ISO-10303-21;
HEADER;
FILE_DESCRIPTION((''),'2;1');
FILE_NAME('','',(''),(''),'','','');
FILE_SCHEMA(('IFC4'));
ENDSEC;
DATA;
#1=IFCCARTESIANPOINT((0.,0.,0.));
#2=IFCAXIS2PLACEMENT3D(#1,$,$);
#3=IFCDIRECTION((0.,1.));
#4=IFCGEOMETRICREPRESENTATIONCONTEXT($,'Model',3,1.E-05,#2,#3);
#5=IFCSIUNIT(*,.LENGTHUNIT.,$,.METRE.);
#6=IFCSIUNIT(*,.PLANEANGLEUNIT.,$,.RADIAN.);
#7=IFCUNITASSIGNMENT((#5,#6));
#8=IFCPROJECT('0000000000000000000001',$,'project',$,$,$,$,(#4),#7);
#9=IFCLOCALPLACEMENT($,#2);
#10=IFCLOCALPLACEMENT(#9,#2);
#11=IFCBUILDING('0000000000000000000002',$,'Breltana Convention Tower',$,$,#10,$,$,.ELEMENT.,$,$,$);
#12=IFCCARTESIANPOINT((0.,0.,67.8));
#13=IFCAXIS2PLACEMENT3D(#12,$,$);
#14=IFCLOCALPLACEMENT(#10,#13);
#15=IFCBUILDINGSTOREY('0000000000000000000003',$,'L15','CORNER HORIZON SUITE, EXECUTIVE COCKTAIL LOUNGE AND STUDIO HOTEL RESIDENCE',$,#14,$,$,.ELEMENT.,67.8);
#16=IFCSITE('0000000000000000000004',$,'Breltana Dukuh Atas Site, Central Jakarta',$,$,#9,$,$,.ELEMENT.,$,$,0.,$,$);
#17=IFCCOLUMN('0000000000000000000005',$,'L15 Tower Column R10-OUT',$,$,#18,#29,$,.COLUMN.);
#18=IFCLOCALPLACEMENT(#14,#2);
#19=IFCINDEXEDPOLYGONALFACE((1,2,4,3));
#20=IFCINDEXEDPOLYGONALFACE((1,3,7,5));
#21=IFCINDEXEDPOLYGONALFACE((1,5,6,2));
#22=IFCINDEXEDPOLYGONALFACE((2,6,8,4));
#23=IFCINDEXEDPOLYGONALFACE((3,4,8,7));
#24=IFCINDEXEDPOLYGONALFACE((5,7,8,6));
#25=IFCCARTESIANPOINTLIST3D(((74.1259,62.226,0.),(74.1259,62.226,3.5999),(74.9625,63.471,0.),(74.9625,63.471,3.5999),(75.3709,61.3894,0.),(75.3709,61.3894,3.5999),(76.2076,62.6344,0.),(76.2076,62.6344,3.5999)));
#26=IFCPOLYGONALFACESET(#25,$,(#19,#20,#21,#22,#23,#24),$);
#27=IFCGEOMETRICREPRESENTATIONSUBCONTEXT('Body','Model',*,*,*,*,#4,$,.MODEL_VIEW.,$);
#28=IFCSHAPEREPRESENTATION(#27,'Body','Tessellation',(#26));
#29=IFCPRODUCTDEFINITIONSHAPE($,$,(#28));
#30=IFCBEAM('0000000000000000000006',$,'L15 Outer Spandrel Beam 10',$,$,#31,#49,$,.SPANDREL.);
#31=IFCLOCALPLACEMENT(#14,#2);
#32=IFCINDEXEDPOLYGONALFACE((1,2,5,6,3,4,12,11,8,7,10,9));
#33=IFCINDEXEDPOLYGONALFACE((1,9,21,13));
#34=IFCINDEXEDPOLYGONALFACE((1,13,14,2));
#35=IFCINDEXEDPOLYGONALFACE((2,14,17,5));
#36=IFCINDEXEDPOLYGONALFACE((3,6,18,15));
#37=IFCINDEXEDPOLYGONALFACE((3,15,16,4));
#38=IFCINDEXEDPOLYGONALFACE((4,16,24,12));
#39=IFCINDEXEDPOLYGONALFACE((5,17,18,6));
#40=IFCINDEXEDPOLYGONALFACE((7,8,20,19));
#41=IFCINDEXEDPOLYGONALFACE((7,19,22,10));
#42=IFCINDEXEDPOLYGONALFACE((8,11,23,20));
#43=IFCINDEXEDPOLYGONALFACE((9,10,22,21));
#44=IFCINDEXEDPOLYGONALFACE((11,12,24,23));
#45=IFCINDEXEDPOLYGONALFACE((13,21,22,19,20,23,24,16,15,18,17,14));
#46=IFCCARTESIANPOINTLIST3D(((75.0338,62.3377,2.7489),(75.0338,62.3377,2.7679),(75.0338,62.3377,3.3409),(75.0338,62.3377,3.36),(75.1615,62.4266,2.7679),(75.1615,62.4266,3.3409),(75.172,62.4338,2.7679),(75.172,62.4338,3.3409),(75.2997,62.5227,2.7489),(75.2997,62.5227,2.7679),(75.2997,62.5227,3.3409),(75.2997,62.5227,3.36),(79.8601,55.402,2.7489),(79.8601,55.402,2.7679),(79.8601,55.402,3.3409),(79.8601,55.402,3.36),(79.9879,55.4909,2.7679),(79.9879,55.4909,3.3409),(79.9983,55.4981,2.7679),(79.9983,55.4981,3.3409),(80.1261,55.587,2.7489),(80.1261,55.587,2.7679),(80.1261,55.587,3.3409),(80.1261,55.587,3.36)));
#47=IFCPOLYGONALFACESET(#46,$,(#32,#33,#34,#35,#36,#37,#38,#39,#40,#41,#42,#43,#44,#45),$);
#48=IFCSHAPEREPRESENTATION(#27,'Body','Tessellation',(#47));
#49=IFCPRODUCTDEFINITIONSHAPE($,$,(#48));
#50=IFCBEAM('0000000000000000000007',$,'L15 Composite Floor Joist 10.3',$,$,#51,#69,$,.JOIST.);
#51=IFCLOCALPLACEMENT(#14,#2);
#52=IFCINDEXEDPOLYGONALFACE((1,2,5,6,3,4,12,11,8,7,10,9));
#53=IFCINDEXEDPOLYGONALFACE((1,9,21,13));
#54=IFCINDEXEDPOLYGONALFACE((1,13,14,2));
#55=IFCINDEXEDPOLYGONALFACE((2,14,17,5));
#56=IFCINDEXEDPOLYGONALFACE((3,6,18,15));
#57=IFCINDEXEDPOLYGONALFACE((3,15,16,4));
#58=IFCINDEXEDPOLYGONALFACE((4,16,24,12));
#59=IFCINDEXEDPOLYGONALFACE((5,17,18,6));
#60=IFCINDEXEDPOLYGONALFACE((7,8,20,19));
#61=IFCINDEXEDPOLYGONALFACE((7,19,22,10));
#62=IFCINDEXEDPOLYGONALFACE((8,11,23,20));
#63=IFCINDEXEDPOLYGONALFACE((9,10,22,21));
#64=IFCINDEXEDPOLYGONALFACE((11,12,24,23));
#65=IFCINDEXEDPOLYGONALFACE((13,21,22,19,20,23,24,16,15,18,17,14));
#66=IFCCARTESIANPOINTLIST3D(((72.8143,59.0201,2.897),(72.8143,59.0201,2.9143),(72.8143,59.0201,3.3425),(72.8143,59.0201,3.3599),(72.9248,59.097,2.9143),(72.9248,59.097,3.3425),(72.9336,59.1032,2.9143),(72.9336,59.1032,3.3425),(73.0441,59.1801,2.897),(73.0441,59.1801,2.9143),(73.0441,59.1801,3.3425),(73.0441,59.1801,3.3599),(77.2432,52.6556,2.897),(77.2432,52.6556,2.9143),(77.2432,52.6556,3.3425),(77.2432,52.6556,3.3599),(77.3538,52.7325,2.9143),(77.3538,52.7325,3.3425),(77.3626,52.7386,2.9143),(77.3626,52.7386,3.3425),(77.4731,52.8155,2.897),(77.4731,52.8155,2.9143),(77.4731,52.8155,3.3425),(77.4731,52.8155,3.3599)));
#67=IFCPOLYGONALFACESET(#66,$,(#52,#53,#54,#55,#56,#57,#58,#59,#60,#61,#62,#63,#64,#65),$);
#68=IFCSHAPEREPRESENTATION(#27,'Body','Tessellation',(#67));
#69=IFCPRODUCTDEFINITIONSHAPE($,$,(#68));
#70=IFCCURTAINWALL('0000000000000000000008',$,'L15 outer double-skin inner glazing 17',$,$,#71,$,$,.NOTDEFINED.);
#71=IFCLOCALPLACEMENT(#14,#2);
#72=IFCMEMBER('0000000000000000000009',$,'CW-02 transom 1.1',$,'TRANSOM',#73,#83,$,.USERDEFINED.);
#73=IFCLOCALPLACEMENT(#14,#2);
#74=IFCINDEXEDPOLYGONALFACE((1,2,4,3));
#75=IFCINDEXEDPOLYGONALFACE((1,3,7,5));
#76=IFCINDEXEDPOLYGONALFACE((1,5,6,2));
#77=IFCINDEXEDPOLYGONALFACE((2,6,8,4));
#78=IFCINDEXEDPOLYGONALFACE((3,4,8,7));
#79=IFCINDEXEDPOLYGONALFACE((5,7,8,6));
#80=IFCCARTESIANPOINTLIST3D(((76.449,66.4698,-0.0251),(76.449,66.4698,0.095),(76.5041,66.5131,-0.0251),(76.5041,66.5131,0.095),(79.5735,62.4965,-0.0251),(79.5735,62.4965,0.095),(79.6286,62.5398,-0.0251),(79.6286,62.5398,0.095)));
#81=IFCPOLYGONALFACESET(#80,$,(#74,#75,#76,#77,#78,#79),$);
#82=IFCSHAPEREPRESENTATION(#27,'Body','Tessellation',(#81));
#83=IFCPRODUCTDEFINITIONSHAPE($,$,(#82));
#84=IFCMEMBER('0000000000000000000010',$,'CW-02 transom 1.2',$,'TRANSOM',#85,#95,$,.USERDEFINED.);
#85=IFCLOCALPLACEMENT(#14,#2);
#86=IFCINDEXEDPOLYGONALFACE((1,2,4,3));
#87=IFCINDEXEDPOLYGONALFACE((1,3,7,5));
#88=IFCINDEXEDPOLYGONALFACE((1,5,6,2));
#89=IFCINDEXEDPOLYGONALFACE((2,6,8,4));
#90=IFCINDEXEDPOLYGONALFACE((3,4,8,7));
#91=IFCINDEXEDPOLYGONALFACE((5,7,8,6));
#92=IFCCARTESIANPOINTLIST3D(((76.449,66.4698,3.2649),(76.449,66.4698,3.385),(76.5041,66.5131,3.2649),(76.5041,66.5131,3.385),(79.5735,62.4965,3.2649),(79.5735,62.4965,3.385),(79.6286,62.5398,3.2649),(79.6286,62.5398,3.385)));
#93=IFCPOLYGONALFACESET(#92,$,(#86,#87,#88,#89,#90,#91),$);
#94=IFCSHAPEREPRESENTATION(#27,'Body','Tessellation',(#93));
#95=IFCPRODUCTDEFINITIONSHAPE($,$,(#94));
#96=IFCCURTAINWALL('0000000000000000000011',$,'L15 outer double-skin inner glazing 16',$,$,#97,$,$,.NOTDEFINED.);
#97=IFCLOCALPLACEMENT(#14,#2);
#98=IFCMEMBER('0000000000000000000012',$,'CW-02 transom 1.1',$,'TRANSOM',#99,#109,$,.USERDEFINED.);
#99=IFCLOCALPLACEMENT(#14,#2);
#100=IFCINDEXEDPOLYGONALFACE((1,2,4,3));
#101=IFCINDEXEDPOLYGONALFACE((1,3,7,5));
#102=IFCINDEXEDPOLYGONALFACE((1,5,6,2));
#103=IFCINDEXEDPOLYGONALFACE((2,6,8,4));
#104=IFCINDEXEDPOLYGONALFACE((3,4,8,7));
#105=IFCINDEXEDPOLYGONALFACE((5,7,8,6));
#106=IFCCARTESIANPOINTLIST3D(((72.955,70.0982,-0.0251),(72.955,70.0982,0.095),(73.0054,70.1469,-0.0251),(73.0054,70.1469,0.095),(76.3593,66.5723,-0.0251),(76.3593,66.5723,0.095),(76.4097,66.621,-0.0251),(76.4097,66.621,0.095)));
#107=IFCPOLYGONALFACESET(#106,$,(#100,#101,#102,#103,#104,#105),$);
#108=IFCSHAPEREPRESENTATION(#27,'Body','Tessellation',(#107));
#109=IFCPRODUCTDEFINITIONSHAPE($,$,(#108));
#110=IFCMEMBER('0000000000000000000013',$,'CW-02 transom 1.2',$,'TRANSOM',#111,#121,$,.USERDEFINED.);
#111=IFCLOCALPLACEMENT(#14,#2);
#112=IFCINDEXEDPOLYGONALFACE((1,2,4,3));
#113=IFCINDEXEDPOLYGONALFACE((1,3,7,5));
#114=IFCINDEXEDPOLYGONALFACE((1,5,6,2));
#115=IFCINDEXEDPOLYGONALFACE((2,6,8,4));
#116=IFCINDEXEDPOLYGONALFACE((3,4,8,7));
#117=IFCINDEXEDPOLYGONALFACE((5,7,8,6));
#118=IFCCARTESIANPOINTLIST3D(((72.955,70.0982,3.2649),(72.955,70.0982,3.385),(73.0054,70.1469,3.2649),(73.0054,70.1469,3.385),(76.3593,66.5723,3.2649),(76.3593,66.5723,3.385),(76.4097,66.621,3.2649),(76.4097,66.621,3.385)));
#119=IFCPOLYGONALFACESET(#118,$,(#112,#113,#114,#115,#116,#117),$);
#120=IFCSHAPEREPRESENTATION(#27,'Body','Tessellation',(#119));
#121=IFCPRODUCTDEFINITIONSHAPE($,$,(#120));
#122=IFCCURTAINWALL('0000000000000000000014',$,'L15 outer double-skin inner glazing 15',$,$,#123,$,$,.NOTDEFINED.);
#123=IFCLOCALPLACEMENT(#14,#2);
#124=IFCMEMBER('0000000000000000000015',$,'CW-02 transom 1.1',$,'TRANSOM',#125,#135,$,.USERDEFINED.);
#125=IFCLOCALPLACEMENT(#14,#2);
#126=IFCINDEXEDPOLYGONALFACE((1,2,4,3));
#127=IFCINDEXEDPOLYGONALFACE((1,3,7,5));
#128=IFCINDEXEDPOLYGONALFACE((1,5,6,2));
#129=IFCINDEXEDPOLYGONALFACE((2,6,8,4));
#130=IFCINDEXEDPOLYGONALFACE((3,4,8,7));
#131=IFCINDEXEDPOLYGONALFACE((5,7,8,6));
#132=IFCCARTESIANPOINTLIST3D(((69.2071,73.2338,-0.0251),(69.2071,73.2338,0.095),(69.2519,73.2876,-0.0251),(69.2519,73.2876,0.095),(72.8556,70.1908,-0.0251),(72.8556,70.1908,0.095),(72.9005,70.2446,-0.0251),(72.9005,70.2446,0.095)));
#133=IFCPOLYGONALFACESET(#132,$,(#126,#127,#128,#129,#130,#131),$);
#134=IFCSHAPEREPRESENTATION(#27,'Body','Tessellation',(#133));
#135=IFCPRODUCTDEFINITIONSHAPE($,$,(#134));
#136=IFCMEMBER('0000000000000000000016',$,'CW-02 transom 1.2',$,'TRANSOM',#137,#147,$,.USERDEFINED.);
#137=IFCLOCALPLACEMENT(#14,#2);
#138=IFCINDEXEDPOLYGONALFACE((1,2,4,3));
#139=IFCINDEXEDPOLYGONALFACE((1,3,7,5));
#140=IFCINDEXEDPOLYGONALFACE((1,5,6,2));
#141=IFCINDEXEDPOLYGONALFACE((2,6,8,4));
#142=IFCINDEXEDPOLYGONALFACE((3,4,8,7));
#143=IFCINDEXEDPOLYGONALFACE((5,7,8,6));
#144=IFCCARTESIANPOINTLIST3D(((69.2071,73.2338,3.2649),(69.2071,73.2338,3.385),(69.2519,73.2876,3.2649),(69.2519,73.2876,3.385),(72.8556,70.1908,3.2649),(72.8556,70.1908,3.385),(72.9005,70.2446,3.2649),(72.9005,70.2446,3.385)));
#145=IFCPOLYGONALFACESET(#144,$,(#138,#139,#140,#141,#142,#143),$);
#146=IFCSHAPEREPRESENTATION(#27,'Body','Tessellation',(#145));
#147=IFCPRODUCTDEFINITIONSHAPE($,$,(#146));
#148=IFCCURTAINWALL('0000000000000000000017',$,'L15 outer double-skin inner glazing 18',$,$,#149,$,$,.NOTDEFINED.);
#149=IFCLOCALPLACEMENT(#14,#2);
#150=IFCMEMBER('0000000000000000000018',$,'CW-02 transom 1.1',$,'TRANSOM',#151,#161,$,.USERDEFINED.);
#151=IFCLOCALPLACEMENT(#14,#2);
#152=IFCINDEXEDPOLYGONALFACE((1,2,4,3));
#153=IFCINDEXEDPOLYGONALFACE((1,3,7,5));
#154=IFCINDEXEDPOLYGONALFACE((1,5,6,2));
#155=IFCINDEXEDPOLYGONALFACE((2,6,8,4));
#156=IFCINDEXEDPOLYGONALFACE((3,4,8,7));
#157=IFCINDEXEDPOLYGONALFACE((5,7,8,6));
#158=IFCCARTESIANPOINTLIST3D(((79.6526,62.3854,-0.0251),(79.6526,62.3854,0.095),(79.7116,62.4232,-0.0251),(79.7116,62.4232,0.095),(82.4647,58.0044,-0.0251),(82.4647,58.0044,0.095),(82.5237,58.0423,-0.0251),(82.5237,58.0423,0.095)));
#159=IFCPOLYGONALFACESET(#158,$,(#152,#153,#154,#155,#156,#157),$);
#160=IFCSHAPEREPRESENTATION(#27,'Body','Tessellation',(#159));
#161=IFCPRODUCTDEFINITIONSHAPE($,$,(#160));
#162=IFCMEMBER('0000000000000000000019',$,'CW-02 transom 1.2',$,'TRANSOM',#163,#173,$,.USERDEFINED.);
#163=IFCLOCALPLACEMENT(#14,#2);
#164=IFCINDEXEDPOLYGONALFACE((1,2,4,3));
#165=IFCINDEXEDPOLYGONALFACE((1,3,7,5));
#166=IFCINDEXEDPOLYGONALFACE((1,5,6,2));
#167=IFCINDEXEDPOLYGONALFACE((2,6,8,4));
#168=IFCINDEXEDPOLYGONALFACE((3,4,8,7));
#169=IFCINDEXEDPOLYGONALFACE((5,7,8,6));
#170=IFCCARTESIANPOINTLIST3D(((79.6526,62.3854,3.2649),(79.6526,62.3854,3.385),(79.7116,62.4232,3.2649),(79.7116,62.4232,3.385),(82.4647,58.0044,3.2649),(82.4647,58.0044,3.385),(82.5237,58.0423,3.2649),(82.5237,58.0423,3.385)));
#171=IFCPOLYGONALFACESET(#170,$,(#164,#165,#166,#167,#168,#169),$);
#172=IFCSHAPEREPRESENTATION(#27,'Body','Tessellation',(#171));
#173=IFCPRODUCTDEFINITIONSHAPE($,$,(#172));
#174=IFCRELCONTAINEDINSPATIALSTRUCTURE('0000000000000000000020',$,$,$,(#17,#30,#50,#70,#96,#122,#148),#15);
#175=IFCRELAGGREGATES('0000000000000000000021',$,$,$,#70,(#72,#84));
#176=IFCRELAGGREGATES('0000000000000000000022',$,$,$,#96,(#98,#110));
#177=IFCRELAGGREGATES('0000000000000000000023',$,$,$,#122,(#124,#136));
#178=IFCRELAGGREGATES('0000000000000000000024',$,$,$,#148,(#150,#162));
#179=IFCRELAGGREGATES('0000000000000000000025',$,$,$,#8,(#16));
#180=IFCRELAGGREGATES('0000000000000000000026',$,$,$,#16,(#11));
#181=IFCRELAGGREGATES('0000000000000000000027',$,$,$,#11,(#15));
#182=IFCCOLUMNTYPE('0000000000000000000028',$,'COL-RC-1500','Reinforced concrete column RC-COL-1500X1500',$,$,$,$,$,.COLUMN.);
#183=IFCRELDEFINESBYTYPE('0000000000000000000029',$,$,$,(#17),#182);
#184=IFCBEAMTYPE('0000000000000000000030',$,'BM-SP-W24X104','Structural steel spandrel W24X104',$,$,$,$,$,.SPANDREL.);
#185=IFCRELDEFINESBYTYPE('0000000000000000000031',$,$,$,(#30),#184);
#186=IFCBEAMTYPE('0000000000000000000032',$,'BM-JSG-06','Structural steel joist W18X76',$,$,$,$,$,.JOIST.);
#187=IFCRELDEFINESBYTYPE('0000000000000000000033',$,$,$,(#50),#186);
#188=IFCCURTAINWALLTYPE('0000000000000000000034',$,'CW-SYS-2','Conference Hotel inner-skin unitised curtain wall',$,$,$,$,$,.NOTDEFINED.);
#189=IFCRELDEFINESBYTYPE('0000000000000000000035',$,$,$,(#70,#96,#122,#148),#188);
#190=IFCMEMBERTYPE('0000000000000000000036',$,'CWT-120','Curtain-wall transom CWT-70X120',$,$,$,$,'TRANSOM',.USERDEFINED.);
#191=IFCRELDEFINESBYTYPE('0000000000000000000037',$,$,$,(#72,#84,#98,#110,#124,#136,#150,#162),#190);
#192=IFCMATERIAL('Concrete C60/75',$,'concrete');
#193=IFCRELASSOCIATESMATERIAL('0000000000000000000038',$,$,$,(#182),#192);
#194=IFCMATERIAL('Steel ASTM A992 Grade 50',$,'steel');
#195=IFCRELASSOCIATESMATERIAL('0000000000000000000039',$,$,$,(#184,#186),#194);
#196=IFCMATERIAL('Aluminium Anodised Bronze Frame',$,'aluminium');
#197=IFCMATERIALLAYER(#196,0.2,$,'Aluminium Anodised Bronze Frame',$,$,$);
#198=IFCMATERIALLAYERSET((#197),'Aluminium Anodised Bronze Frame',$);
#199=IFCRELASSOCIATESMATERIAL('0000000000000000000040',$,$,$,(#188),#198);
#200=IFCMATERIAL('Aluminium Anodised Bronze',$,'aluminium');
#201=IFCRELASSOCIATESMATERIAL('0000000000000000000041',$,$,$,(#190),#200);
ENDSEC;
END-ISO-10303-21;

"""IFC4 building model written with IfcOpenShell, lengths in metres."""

from ifc_helpers import new_model, si_unit, direction, frame, origin, origin_2d, place, context, subcontext, project, spatial, rectangle, i_section, extrude, source, transform, mapped, material, layer, layer_set, material_profile, profile_set, type_object, element, aggregate, save


model = new_model("IFC4")

# Units and contexts
model_context = context("Model", 3, precision=1e-05, world=origin(), true_north=direction((0.0, 1.0)))
body_context = subcontext(model_context, "Body", "Model", "MODEL_VIEW")
ifc_project = project(units=[si_unit("LENGTHUNIT", "METRE"), si_unit("PLANEANGLEUNIT", "RADIAN")], contexts=[model_context])

# Site, building, storey
site_placement = place(None, origin())
site = spatial("IfcSite", under=ifc_project, at=site_placement, Name="Breltana Dukuh Atas Site, Central Jakarta", CompositionType="ELEMENT", RefElevation=0.0)
building_placement = place(site_placement, origin())
building = spatial("IfcBuilding", under=site, at=building_placement, Name="Breltana Convention Tower", CompositionType="ELEMENT")
storey_placement = place(building_placement, frame((0.0, 0.0, 67.8)))
storey = spatial("IfcBuildingStorey", under=building, at=storey_placement, Name="L15", Description="CORNER HORIZON SUITE, EXECUTIVE COCKTAIL LOUNGE AND STUDIO HOTEL RESIDENCE", CompositionType="ELEMENT", Elevation=67.8)

# Column
ifc_material_1 = material(Name="Concrete C60/75", Category="concrete")
ifc_material_profile_1 = material_profile(ifc_material_1, rectangle(XDim=1.5, YDim=1.5, at=origin_2d()), Name="RC-COL-1500X1500")
ifc_profile_set_1 = profile_set([ifc_material_profile_1], Name="Concrete C60/75")
column_type = type_object("IfcColumnType", Name="COL-RC-1500", Description="Reinforced concrete column RC-COL-1500X1500", PredefinedType="COLUMN", material=ifc_profile_set_1)
shared_shape_1 = source(origin(), body_context, "Body", "SweptSolid", [
    extrude(rectangle(XDim=1.5, YDim=1.5, at=origin_2d()), origin(), (0.0, 0.0, 1.0), 3.5999),
])
column_placement = place(storey_placement, frame((75.1667, 62.4302, 0.0), z_axis=(0.0, 0.0, 1.0), x_axis=(0.557745, 0.830012, 0.0)))
element("IfcColumn", 1, at=column_placement, inside=storey, type_object=column_type, Name="L15 Tower Column R10-OUT", PredefinedType="COLUMN", context=body_context, shape_type="MappedRepresentation", body=[
    mapped(shared_shape_1, transform((0.0, 0.0, 0.0), scale=1.0)),
])

# Beams
ifc_material_2 = material(Name="Steel ASTM A992 Grade 50", Category="steel")
ifc_material_profile_2 = material_profile(ifc_material_2, i_section(OverallWidth=0.324, OverallDepth=0.6111, WebThickness=0.0127, FlangeThickness=0.019, at=origin_2d()), Name="W24X104")
ifc_profile_set_2 = profile_set([ifc_material_profile_2], Name="Steel ASTM A992 Grade 50")
beam_type_1 = type_object("IfcBeamType", Name="BM-SP-W24X104", Description="Structural steel spandrel W24X104", PredefinedType="SPANDREL", material=ifc_profile_set_2)
shared_shape_2 = source(origin(), body_context, "Body", "SweptSolid", [
    extrude(i_section(OverallWidth=0.324, OverallDepth=0.6111, WebThickness=0.0127, FlangeThickness=0.019, at=origin_2d()), origin(), (0.0, 0.0, 1.0), 8.4497),
])
beam_1_placement = place(storey_placement, frame((75.1667, 62.4302, 3.0544), z_axis=(0.571186, -0.820821, 0.0), x_axis=(0.820821, 0.571186, 0.0)))
element("IfcBeam", 2, at=beam_1_placement, inside=storey, type_object=beam_type_1, Name="L15 Outer Spandrel Beam 10", PredefinedType="SPANDREL", context=body_context, shape_type="MappedRepresentation", body=[
    mapped(shared_shape_2, transform((0.0, 0.0, 0.0), scale=1.0)),
])
ifc_material_profile_3 = material_profile(ifc_material_2, i_section(OverallWidth=0.28, OverallDepth=0.4629, WebThickness=0.0107, FlangeThickness=0.0173, at=origin_2d()), Name="W18X76")
ifc_profile_set_3 = profile_set([ifc_material_profile_3], Name="Steel ASTM A992 Grade 50")
beam_type_2 = type_object("IfcBeamType", Name="BM-JSG-06", Description="Structural steel joist W18X76", PredefinedType="JOIST", material=ifc_profile_set_3)
shared_shape_3 = source(origin(), body_context, "Body", "SweptSolid", [
    extrude(i_section(OverallWidth=0.28, OverallDepth=0.4629, WebThickness=0.0107, FlangeThickness=0.0173, at=origin_2d()), origin(), (0.0, 0.0, 1.0), 7.7539),
])
beam_2_placement = place(storey_placement, frame((72.9292, 59.1001, 3.1284), z_axis=(0.571193, -0.820816, 0.0), x_axis=(0.820816, 0.571193, 0.0)))
element("IfcBeam", 3, at=beam_2_placement, inside=storey, type_object=beam_type_2, Name="L15 Composite Floor Joist 10.3", PredefinedType="JOIST", context=body_context, shape_type="MappedRepresentation", body=[
    mapped(shared_shape_3, transform((0.0, 0.0, 0.0), scale=1.0)),
])

# Curtain walls, members
ifc_material_3 = material(Name="Aluminium Anodised Bronze Frame", Category="aluminium")
ifc_layer_1 = layer(ifc_material_3, 0.2, Name="Aluminium Anodised Bronze Frame")
ifc_layer_set_1 = layer_set([ifc_layer_1], Name="Aluminium Anodised Bronze Frame")
curtain_wall_type = type_object("IfcCurtainWallType", Name="CW-SYS-2", Description="Conference Hotel inner-skin unitised curtain wall", PredefinedType="NOTDEFINED", material=ifc_layer_set_1)
curtain_wall_1_placement = place(storey_placement, origin())
curtain_wall_1 = element("IfcCurtainWall", 4, at=curtain_wall_1_placement, inside=storey, type_object=curtain_wall_type, Name="L15 outer double-skin inner glazing 17", PredefinedType="NOTDEFINED")
ifc_material_4 = material(Name="Aluminium Anodised Bronze", Category="aluminium")
ifc_material_profile_4 = material_profile(ifc_material_4, rectangle(XDim=0.0701, YDim=0.1201, at=origin_2d()), Name="CWT-70X120")
ifc_profile_set_4 = profile_set([ifc_material_profile_4], Name="Aluminium Anodised Bronze")
member_type_1 = type_object("IfcMemberType", Name="CWT-120", Description="Curtain-wall transom CWT-70X120", ElementType="TRANSOM", PredefinedType="USERDEFINED", material=ifc_profile_set_4)
shared_shape_4 = source(origin(), body_context, "Body", "SweptSolid", [
    extrude(rectangle(XDim=0.0701, YDim=0.1201, at=origin_2d()), origin(), (0.0, 0.0, 1.0), 5.0547),
])
member_1_placement = place(storey_placement, frame((76.4766, 66.4915, 0.0349), z_axis=(0.618135, -0.786072, 0.0), x_axis=(0.786072, 0.618135, 0.0)))
member_1 = element("IfcMember", 5, at=member_1_placement, type_object=member_type_1, Name="CW-02 transom 1.1", ObjectType="TRANSOM", PredefinedType="USERDEFINED", context=body_context, shape_type="MappedRepresentation", body=[
    mapped(shared_shape_4, transform((0.0, 0.0, 0.0), scale=1.0)),
])
member_2_placement = place(storey_placement, frame((76.4766, 66.4915, 3.325), z_axis=(0.618135, -0.786072, 0.0), x_axis=(0.786072, 0.618135, 0.0)))
member_2 = element("IfcMember", 6, at=member_2_placement, type_object=member_type_1, Name="CW-02 transom 1.2", ObjectType="TRANSOM", PredefinedType="USERDEFINED", context=body_context, shape_type="MappedRepresentation", body=[
    mapped(shared_shape_4, transform((0.0, 0.0, 0.0), scale=1.0)),
])
curtain_wall_2_placement = place(storey_placement, origin())
curtain_wall_2 = element("IfcCurtainWall", 7, at=curtain_wall_2_placement, inside=storey, type_object=curtain_wall_type, Name="L15 outer double-skin inner glazing 16", PredefinedType="NOTDEFINED")
shared_shape_5 = source(origin(), body_context, "Body", "SweptSolid", [
    extrude(rectangle(XDim=0.0701, YDim=0.1201, at=origin_2d()), origin(), (0.0, 0.0, 1.0), 4.9011),
])
member_3_placement = place(storey_placement, frame((72.9802, 70.1226, 0.0349), z_axis=(0.694595, -0.719401, 0.0), x_axis=(0.719401, 0.694595, 0.0)))
member_3 = element("IfcMember", 8, at=member_3_placement, type_object=member_type_1, Name="CW-02 transom 1.1", ObjectType="TRANSOM", PredefinedType="USERDEFINED", context=body_context, shape_type="MappedRepresentation", body=[
    mapped(shared_shape_5, transform((0.0, 0.0, 0.0), scale=1.0)),
])
member_4_placement = place(storey_placement, frame((72.9802, 70.1226, 3.325), z_axis=(0.694595, -0.719401, 0.0), x_axis=(0.719401, 0.694595, 0.0)))
member_4 = element("IfcMember", 9, at=member_4_placement, type_object=member_type_1, Name="CW-02 transom 1.2", ObjectType="TRANSOM", PredefinedType="USERDEFINED", context=body_context, shape_type="MappedRepresentation", body=[
    mapped(shared_shape_5, transform((0.0, 0.0, 0.0), scale=1.0)),
])
curtain_wall_3_placement = place(storey_placement, origin())
curtain_wall_3 = element("IfcCurtainWall", 10, at=curtain_wall_3_placement, inside=storey, type_object=curtain_wall_type, Name="L15 outer double-skin inner glazing 15", PredefinedType="NOTDEFINED")
shared_shape_6 = source(origin(), body_context, "Body", "SweptSolid", [
    extrude(rectangle(XDim=0.0701, YDim=0.1201, at=origin_2d()), origin(), (0.0, 0.0, 1.0), 4.751),
])
member_5_placement = place(storey_placement, frame((69.2295, 73.2607, 0.0349), z_axis=(0.767952, -0.640508, 0.0), x_axis=(0.640508, 0.767952, 0.0)))
member_5 = element("IfcMember", 11, at=member_5_placement, type_object=member_type_1, Name="CW-02 transom 1.1", ObjectType="TRANSOM", PredefinedType="USERDEFINED", context=body_context, shape_type="MappedRepresentation", body=[
    mapped(shared_shape_6, transform((0.0, 0.0, 0.0), scale=1.0)),
])
member_6_placement = place(storey_placement, frame((69.2295, 73.2607, 3.325), z_axis=(0.767952, -0.640508, 0.0), x_axis=(0.640508, 0.767952, 0.0)))
member_6 = element("IfcMember", 12, at=member_6_placement, type_object=member_type_1, Name="CW-02 transom 1.2", ObjectType="TRANSOM", PredefinedType="USERDEFINED", context=body_context, shape_type="MappedRepresentation", body=[
    mapped(shared_shape_6, transform((0.0, 0.0, 0.0), scale=1.0)),
])
curtain_wall_4_placement = place(storey_placement, origin())
curtain_wall_4 = element("IfcCurtainWall", 13, at=curtain_wall_4_placement, inside=storey, type_object=curtain_wall_type, Name="L15 outer double-skin inner glazing 18", PredefinedType="NOTDEFINED")
shared_shape_7 = source(origin(), body_context, "Body", "SweptSolid", [
    extrude(rectangle(XDim=0.0701, YDim=0.1201, at=origin_2d()), origin(), (0.0, 0.0, 1.0), 5.2058),
])
member_7_placement = place(storey_placement, frame((79.6821, 62.4043, 0.0349), z_axis=(0.540179, -0.84155, 0.0), x_axis=(0.84155, 0.540179, 0.0)))
member_7 = element("IfcMember", 14, at=member_7_placement, type_object=member_type_1, Name="CW-02 transom 1.1", ObjectType="TRANSOM", PredefinedType="USERDEFINED", context=body_context, shape_type="MappedRepresentation", body=[
    mapped(shared_shape_7, transform((0.0, 0.0, 0.0), scale=1.0)),
])
member_8_placement = place(storey_placement, frame((79.6821, 62.4043, 3.325), z_axis=(0.540179, -0.84155, 0.0), x_axis=(0.84155, 0.540179, 0.0)))
member_8 = element("IfcMember", 15, at=member_8_placement, type_object=member_type_1, Name="CW-02 transom 1.2", ObjectType="TRANSOM", PredefinedType="USERDEFINED", context=body_context, shape_type="MappedRepresentation", body=[
    mapped(shared_shape_7, transform((0.0, 0.0, 0.0), scale=1.0)),
])

aggregate(curtain_wall_1, [member_1, member_2])
aggregate(curtain_wall_2, [member_3, member_4])
aggregate(curtain_wall_3, [member_5, member_6])
aggregate(curtain_wall_4, [member_7, member_8])

save(model, "model.ifc")
